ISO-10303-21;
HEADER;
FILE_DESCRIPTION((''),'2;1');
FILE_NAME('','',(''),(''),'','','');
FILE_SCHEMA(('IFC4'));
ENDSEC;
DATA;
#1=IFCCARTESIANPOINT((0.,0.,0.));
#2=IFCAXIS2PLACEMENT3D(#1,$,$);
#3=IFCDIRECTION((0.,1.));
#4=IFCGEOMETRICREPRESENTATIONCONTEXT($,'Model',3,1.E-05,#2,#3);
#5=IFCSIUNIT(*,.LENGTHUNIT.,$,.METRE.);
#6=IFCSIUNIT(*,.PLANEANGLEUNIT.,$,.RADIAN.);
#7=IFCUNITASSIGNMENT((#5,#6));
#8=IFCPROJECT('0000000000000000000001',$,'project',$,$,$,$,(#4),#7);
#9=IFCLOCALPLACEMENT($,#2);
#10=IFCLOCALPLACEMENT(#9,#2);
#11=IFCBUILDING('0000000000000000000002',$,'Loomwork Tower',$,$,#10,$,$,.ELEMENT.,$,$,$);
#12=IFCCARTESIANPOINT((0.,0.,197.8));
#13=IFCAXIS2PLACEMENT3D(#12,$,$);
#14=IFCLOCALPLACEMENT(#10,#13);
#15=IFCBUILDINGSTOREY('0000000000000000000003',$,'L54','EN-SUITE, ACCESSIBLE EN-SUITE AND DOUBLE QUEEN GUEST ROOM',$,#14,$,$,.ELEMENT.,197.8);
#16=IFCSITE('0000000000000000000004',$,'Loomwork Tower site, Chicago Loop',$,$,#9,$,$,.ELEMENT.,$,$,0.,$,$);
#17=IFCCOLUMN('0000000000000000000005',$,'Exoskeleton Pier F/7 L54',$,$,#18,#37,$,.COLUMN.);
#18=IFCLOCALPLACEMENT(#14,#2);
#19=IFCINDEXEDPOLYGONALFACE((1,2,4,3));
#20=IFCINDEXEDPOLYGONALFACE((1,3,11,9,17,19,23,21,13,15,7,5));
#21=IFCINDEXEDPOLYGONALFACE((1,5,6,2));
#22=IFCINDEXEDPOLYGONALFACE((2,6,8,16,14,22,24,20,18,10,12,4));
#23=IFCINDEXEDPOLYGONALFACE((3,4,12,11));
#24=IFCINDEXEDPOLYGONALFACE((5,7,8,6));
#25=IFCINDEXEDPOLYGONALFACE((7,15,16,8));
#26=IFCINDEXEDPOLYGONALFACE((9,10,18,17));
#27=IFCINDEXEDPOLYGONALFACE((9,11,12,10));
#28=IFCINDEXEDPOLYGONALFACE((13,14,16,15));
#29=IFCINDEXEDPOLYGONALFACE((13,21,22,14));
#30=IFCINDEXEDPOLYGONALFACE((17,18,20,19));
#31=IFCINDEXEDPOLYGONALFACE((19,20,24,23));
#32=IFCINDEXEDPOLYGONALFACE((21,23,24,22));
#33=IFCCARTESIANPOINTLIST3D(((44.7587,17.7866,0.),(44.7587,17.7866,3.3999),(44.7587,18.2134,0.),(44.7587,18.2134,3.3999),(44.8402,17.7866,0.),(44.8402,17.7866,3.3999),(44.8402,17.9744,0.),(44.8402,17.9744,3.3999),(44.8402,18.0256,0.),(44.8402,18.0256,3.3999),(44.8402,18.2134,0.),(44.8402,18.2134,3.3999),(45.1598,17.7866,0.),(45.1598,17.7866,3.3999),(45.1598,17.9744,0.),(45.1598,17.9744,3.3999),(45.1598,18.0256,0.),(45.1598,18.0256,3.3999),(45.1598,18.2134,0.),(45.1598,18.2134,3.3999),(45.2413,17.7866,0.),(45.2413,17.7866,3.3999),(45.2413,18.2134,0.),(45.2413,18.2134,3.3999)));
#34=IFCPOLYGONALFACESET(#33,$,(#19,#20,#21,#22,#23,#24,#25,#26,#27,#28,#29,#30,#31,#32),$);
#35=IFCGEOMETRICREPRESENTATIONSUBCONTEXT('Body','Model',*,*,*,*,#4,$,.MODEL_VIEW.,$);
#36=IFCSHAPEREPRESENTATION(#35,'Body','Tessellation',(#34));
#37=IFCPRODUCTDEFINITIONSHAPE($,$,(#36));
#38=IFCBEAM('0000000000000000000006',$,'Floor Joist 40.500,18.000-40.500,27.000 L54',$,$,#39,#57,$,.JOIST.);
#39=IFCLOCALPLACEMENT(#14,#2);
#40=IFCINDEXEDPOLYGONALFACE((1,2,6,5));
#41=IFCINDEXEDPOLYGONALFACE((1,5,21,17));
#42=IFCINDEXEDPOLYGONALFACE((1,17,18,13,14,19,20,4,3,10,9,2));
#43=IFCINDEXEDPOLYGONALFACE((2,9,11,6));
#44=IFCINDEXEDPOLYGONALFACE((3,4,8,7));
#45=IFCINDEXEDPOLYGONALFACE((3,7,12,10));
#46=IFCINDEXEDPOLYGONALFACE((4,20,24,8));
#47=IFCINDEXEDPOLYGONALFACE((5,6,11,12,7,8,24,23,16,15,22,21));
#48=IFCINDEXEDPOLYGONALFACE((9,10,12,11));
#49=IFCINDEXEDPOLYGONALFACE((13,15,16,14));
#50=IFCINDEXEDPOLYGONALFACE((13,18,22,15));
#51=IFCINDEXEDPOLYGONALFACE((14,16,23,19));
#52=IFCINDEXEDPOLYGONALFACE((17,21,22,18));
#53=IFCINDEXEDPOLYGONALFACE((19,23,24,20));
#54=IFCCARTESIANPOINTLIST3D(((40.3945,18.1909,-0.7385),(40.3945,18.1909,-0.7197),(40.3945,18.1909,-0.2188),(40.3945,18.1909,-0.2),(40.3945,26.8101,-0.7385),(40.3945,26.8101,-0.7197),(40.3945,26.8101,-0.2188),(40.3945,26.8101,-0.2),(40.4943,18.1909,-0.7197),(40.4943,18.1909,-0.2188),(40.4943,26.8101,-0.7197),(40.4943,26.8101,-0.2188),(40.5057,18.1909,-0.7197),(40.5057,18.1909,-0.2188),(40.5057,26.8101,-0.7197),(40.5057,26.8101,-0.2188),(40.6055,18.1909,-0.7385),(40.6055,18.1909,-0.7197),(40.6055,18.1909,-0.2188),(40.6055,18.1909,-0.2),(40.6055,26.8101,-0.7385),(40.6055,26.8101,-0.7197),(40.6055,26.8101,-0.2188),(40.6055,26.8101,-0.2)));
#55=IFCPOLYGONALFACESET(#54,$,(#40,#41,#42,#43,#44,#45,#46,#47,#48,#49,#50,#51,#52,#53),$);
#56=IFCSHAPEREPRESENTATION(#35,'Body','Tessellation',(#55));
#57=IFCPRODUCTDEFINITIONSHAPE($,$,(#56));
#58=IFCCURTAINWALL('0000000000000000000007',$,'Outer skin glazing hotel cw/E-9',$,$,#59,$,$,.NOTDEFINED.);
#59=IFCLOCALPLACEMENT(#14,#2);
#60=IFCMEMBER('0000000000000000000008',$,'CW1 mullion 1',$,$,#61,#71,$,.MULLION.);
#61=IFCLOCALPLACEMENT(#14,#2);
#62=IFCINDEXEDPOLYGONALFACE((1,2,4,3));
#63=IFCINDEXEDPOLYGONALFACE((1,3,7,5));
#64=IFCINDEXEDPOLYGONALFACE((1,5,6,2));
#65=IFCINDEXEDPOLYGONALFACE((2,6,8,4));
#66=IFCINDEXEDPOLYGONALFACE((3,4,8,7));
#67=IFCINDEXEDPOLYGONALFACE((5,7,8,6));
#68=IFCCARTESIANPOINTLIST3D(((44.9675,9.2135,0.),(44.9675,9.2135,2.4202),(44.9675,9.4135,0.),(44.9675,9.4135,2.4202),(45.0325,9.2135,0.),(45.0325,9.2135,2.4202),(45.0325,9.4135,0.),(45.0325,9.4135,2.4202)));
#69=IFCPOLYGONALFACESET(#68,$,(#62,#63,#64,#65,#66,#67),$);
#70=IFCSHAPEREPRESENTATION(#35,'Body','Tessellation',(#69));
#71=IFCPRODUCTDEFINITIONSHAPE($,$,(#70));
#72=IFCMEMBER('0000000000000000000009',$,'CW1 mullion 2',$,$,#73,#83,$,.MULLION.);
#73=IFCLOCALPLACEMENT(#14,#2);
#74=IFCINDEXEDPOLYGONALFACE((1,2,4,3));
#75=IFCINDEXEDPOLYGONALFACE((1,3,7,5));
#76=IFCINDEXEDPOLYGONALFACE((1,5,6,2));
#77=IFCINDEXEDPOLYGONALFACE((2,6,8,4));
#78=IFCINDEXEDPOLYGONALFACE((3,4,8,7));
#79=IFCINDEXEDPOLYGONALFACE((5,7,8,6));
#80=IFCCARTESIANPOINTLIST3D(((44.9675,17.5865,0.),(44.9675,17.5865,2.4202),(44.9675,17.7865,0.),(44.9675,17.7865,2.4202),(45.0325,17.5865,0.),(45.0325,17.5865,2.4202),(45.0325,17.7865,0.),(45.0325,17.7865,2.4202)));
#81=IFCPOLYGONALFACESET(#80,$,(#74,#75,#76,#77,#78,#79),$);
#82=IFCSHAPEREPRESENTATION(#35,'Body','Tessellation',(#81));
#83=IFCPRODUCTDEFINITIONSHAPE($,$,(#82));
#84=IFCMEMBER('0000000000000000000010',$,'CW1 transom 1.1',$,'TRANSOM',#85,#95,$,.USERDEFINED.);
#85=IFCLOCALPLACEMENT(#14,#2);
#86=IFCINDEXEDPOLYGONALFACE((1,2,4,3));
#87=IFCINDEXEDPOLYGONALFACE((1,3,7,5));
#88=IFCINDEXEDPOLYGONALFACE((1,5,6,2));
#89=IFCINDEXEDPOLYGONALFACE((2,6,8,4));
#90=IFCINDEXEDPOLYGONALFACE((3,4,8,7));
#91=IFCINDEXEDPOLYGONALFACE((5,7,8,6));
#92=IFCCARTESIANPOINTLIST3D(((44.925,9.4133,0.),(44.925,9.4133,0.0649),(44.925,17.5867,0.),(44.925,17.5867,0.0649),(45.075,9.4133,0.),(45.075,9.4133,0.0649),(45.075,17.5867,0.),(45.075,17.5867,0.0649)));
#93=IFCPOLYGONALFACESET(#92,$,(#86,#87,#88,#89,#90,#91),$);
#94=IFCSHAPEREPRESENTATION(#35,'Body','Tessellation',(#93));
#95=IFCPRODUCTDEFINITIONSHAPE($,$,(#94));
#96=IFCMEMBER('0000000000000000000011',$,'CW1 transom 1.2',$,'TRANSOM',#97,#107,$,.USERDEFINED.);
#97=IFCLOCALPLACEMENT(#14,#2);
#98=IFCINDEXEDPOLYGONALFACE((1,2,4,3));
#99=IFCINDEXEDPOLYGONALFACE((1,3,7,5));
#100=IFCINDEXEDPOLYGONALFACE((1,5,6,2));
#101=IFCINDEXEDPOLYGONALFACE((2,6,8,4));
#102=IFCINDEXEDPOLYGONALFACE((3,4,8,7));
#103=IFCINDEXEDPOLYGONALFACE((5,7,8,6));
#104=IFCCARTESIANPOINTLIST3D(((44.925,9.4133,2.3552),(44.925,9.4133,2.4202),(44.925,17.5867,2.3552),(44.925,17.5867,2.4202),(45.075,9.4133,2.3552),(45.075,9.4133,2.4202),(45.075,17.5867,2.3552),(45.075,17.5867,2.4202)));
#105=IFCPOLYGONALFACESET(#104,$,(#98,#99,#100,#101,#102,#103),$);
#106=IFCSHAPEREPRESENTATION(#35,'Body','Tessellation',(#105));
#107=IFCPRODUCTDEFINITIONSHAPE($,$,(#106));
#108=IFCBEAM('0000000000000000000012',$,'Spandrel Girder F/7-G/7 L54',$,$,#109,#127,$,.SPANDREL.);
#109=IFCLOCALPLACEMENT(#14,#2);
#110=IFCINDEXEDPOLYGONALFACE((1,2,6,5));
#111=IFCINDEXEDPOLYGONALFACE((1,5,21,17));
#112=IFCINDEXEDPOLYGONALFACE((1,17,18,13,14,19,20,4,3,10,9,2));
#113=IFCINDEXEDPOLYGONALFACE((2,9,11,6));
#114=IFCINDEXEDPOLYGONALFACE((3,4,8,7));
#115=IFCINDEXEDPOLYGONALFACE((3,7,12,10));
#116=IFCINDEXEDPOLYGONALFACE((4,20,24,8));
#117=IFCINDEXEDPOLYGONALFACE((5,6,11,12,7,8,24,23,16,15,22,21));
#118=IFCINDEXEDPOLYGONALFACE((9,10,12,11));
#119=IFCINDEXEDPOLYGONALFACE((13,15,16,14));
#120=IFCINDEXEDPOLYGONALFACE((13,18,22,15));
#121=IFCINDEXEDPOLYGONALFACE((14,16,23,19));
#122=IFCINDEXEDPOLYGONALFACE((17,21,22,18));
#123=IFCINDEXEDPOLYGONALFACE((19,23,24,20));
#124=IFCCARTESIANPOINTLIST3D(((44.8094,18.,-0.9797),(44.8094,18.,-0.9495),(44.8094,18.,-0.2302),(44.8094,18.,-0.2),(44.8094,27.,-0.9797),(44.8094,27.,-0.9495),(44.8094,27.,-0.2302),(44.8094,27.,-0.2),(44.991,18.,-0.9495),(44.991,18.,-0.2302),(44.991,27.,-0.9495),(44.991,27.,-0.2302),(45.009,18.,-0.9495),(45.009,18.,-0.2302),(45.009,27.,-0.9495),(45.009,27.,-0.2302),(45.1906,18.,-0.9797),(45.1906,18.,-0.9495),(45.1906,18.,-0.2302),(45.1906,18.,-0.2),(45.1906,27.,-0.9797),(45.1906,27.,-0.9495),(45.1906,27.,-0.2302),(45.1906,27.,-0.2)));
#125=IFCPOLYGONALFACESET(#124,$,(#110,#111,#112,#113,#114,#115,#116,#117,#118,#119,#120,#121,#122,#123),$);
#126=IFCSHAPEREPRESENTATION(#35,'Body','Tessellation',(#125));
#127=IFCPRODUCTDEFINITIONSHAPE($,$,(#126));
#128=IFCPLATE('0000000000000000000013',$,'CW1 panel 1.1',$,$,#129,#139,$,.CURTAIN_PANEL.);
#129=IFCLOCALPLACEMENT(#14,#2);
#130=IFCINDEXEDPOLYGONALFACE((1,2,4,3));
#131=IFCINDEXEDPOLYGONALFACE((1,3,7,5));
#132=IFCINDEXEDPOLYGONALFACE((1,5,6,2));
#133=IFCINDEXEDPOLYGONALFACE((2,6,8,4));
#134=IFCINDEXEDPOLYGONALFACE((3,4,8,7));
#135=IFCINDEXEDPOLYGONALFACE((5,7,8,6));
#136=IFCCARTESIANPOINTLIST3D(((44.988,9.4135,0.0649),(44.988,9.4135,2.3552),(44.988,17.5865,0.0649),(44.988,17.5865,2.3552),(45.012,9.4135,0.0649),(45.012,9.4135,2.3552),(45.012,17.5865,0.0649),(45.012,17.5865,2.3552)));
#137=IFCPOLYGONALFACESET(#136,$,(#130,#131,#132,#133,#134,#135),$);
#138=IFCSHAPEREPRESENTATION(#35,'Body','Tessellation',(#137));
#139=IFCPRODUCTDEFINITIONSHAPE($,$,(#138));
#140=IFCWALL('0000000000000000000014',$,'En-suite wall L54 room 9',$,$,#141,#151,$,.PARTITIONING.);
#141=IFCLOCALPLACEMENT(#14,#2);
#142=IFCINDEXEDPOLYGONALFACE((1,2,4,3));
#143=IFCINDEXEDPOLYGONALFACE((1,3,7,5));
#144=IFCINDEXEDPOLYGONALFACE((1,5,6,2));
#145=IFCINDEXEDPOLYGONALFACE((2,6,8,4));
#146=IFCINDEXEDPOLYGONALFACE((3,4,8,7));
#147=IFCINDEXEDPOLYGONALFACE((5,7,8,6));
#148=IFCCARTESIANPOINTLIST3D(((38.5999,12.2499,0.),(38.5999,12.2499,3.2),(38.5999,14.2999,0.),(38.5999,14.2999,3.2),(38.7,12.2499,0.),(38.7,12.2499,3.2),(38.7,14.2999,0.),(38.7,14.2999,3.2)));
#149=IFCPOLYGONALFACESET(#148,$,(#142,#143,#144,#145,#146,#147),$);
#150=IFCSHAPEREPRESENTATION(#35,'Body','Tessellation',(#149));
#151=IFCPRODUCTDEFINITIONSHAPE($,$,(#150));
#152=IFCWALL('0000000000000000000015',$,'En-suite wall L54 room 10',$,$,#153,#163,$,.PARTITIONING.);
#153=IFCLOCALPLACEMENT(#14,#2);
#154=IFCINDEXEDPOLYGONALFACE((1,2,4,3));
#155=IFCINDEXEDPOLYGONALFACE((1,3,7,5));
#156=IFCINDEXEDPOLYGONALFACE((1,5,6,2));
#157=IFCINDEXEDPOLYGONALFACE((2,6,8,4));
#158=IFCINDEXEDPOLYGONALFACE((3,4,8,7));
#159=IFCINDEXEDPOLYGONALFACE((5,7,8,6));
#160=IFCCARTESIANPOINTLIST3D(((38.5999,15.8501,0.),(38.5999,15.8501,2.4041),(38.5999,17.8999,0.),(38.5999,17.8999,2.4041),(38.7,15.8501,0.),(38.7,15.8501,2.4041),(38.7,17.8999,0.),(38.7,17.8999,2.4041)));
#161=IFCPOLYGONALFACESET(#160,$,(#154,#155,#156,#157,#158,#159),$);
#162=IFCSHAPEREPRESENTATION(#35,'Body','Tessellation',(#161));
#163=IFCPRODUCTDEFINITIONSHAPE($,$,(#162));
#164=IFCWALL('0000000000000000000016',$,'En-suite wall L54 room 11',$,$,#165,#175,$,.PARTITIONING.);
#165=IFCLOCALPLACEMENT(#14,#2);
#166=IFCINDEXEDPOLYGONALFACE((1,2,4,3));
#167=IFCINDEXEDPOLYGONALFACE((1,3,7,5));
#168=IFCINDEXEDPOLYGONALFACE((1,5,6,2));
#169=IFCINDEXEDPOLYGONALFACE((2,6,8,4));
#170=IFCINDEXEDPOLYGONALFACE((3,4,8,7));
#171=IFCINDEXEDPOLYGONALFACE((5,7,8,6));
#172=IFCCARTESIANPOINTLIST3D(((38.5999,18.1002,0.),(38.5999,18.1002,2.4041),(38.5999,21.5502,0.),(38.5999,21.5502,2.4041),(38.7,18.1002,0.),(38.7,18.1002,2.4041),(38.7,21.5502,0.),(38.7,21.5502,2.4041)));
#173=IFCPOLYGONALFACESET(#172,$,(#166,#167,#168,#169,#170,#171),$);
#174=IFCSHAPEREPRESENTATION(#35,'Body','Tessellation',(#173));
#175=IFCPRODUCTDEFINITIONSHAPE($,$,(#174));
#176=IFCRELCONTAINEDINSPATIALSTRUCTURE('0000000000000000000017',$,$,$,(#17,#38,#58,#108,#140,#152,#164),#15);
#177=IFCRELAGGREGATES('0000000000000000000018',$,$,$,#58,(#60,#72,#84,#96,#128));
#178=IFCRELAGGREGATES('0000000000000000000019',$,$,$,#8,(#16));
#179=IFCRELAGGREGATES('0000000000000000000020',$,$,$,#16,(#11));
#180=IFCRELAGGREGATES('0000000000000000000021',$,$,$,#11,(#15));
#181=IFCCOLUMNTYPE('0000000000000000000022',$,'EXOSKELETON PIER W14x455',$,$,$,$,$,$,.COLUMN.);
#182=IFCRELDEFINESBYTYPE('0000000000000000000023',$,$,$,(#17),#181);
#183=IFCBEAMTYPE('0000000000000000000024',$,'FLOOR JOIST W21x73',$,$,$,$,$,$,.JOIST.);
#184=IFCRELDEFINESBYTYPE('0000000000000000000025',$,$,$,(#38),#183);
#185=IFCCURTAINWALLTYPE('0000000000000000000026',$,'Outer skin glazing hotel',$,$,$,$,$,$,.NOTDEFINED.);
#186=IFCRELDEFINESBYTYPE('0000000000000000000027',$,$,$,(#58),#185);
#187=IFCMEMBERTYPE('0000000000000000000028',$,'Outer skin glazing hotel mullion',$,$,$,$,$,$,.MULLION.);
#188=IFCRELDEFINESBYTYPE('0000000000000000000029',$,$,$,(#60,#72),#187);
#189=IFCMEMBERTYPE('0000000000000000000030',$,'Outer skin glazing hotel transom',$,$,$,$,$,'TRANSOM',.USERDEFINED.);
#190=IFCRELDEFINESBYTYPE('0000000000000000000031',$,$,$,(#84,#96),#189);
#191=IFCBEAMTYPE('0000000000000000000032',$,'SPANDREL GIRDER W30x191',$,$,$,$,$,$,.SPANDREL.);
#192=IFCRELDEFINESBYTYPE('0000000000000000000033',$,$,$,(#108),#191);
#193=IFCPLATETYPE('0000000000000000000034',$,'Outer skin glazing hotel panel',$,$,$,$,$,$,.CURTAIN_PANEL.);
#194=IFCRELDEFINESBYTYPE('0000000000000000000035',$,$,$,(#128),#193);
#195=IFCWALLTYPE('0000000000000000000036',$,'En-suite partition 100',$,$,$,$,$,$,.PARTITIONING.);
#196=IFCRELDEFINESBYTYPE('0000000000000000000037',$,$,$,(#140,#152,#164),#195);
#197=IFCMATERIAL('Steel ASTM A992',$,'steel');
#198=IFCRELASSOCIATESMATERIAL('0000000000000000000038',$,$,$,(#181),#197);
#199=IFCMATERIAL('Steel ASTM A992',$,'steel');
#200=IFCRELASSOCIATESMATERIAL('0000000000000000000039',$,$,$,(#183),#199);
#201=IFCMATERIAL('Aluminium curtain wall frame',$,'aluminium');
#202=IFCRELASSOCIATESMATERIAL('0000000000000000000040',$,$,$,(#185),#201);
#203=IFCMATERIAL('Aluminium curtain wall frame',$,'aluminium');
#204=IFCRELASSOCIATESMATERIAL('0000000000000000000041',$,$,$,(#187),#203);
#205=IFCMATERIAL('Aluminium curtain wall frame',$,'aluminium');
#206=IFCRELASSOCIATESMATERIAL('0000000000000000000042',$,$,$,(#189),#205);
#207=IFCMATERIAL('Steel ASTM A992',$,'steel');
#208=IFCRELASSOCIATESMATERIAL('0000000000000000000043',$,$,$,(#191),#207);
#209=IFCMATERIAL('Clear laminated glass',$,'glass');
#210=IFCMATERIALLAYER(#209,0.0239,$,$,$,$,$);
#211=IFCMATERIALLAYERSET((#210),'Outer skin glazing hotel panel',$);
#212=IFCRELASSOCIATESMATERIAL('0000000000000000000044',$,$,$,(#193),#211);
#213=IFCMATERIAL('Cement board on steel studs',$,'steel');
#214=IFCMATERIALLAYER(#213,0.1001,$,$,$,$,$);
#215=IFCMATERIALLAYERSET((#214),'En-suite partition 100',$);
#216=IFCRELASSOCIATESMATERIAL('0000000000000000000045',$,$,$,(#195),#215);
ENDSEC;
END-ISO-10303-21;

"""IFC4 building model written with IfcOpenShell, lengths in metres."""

from ifc_helpers import new_model, si_unit, direction, frame, frame_2d, origin, origin_2d, place, context, subcontext, project, spatial, rectangle, i_section, extrude, material, layer, layer_set, material_profile, profile_set, type_object, element, aggregate, save


model = new_model("IFC4")

# Units and contexts
model_context = context("Model", 3, precision=1e-05, world=origin(), true_north=direction((0.0, 1.0)))
body_context = subcontext(model_context, "Body", "Model", "MODEL_VIEW")
ifc_project = project(units=[si_unit("LENGTHUNIT", "METRE"), si_unit("PLANEANGLEUNIT", "RADIAN")], contexts=[model_context])

# Site, building, storey
site_placement = place(None, origin())
site = spatial("IfcSite", under=ifc_project, at=site_placement, Name="Loomwork Tower site, Chicago Loop", CompositionType="ELEMENT", RefElevation=0.0)
building_placement = place(site_placement, origin())
building = spatial("IfcBuilding", under=site, at=building_placement, Name="Loomwork Tower", CompositionType="ELEMENT")
storey_placement = place(building_placement, frame((0.0, 0.0, 197.8)))
storey = spatial("IfcBuildingStorey", under=building, at=storey_placement, Name="L54", Description="EN-SUITE, ACCESSIBLE EN-SUITE AND DOUBLE QUEEN GUEST ROOM", CompositionType="ELEMENT", Elevation=197.8)

# Column
ifc_material_1 = material(Name="Steel ASTM A992", Category="steel")
ifc_material_profile_1 = material_profile(ifc_material_1, i_section(OverallWidth=0.4268, OverallDepth=0.4827, WebThickness=0.0513, FlangeThickness=0.0815, at=origin_2d()), Name="W14x455")
ifc_profile_set_1 = profile_set([ifc_material_profile_1], Name="Steel ASTM A992")
column_type = type_object("IfcColumnType", Name="EXOSKELETON PIER W14x455", PredefinedType="COLUMN", material=ifc_profile_set_1)
column_placement = place(storey_placement, frame((45.0, 18.0, 0.0), z_axis=(0.0, 0.0, 1.0), x_axis=(0.0, 1.0, 0.0)))
element("IfcColumn", 1, at=column_placement, inside=storey, type_object=column_type, Name="Exoskeleton Pier F/7 L54", PredefinedType="COLUMN", context=body_context, shape_type="SweptSolid", body=[
    extrude(i_section(OverallWidth=0.4268, OverallDepth=0.4827, WebThickness=0.0513, FlangeThickness=0.0815, at=origin_2d()), origin(), (0.0, 0.0, 1.0), 3.3999),
])

# Beam
ifc_material_2 = material(Name="Steel ASTM A992", Category="steel")
ifc_material_profile_2 = material_profile(ifc_material_2, i_section(OverallWidth=0.2109, OverallDepth=0.5386, WebThickness=0.0115, FlangeThickness=0.0188, at=origin_2d()), Name="W21x73")
ifc_profile_set_2 = profile_set([ifc_material_profile_2], Name="Steel ASTM A992")
beam_type_1 = type_object("IfcBeamType", Name="FLOOR JOIST W21x73", PredefinedType="JOIST", material=ifc_profile_set_2)
beam_1_placement = place(storey_placement, frame((40.5, 18.1909, -0.4692), z_axis=(0.0, 1.0, 0.0), x_axis=(-1.0, 0.0, 0.0)))
element("IfcBeam", 2, at=beam_1_placement, inside=storey, type_object=beam_type_1, Name="Floor Joist 40.500,18.000-40.500,27.000 L54", PredefinedType="JOIST", context=body_context, shape_type="SweptSolid", body=[
    extrude(i_section(OverallWidth=0.2109, OverallDepth=0.5386, WebThickness=0.0115, FlangeThickness=0.0188, at=origin_2d()), origin(), (0.0, 0.0, 1.0), 8.6191),
])

# Curtain wall, members
ifc_material_3 = material(Name="Aluminium curtain wall frame", Category="aluminium")
curtain_wall_type = type_object("IfcCurtainWallType", Name="Outer skin glazing hotel", PredefinedType="NOTDEFINED", material=ifc_material_3)
curtain_wall_placement = place(storey_placement, origin())
curtain_wall = element("IfcCurtainWall", 3, at=curtain_wall_placement, inside=storey, type_object=curtain_wall_type, Name="Outer skin glazing hotel cw/E-9", PredefinedType="NOTDEFINED")
ifc_material_4 = material(Name="Aluminium curtain wall frame", Category="aluminium")
ifc_material_profile_3 = material_profile(ifc_material_4, rectangle(XDim=0.0649, YDim=0.2, at=origin_2d()), Name="AL 65x200")
ifc_profile_set_3 = profile_set([ifc_material_profile_3], Name="Aluminium curtain wall frame")
member_type_1 = type_object("IfcMemberType", Name="Outer skin glazing hotel mullion", PredefinedType="MULLION", material=ifc_profile_set_3)
member_1_placement = place(storey_placement, frame((45.0, 9.3135, 0.0), z_axis=(0.0, 0.0, 1.0), x_axis=(-1.0, 0.0, 0.0)))
member_1 = element("IfcMember", 4, at=member_1_placement, type_object=member_type_1, Name="CW1 mullion 1", PredefinedType="MULLION", context=body_context, shape_type="SweptSolid", body=[
    extrude(rectangle(XDim=0.0649, YDim=0.2, at=origin_2d()), origin(), (0.0, 0.0, 1.0), 2.4202),
])
member_2_placement = place(storey_placement, frame((45.0, 17.6865, 0.0), z_axis=(0.0, 0.0, 1.0), x_axis=(-1.0, 0.0, 0.0)))
member_2 = element("IfcMember", 5, at=member_2_placement, type_object=member_type_1, Name="CW1 mullion 2", PredefinedType="MULLION", context=body_context, shape_type="SweptSolid", body=[
    extrude(rectangle(XDim=0.0649, YDim=0.2, at=origin_2d()), origin(), (0.0, 0.0, 1.0), 2.4202),
])
ifc_material_5 = material(Name="Aluminium curtain wall frame", Category="aluminium")
ifc_material_profile_4 = material_profile(ifc_material_5, rectangle(XDim=0.1499, YDim=0.0649, at=origin_2d()), Name="AL 65x150")
ifc_profile_set_4 = profile_set([ifc_material_profile_4], Name="Aluminium curtain wall frame")
member_type_2 = type_object("IfcMemberType", Name="Outer skin glazing hotel transom", ElementType="TRANSOM", PredefinedType="USERDEFINED", material=ifc_profile_set_4)
member_3_placement = place(storey_placement, frame((45.0, 9.4133, 0.0325), z_axis=(0.0, 1.0, 0.0), x_axis=(-1.0, 0.0, 0.0)))
member_3 = element("IfcMember", 6, at=member_3_placement, type_object=member_type_2, Name="CW1 transom 1.1", ObjectType="TRANSOM", PredefinedType="USERDEFINED", context=body_context, shape_type="SweptSolid", body=[
    extrude(rectangle(XDim=0.1499, YDim=0.0649, at=origin_2d()), origin(), (0.0, 0.0, 1.0), 8.1733),
])
member_4_placement = place(storey_placement, frame((45.0, 9.4133, 2.3877), z_axis=(0.0, 1.0, 0.0), x_axis=(-1.0, 0.0, 0.0)))
member_4 = element("IfcMember", 7, at=member_4_placement, type_object=member_type_2, Name="CW1 transom 1.2", ObjectType="TRANSOM", PredefinedType="USERDEFINED", context=body_context, shape_type="SweptSolid", body=[
    extrude(rectangle(XDim=0.1499, YDim=0.0649, at=origin_2d()), origin(), (0.0, 0.0, 1.0), 8.1733),
])

# Beam
ifc_material_6 = material(Name="Steel ASTM A992", Category="steel")
ifc_material_profile_5 = material_profile(ifc_material_6, i_section(OverallWidth=0.3811, OverallDepth=0.7798, WebThickness=0.0181, FlangeThickness=0.0303, at=origin_2d()), Name="W30x191")
ifc_profile_set_5 = profile_set([ifc_material_profile_5], Name="Steel ASTM A992")
beam_type_2 = type_object("IfcBeamType", Name="SPANDREL GIRDER W30x191", PredefinedType="SPANDREL", material=ifc_profile_set_5)
beam_2_placement = place(storey_placement, frame((45.0, 18.0, -0.5898), z_axis=(0.0, 1.0, 0.0), x_axis=(-1.0, 0.0, 0.0)))
element("IfcBeam", 8, at=beam_2_placement, inside=storey, type_object=beam_type_2, Name="Spandrel Girder F/7-G/7 L54", PredefinedType="SPANDREL", context=body_context, shape_type="SweptSolid", body=[
    extrude(i_section(OverallWidth=0.3811, OverallDepth=0.7798, WebThickness=0.0181, FlangeThickness=0.0303, at=origin_2d()), origin(), (0.0, 0.0, 1.0), 9.0),
])

# Plate
ifc_material_7 = material(Name="Clear laminated glass", Category="glass")
ifc_layer_1 = layer(ifc_material_7, 0.0239)
ifc_layer_set_1 = layer_set([ifc_layer_1], Name="Outer skin glazing hotel panel")
plate_type = type_object("IfcPlateType", Name="Outer skin glazing hotel panel", PredefinedType="CURTAIN_PANEL", material=ifc_layer_set_1)
plate_placement = place(storey_placement, frame((45.0, 13.5, 0.0649), z_axis=(0.0, 0.0, 1.0), x_axis=(0.0, 1.0, 0.0)))
plate = element("IfcPlate", 9, at=plate_placement, type_object=plate_type, Name="CW1 panel 1.1", PredefinedType="CURTAIN_PANEL", context=body_context, shape_type="SweptSolid", body=[
    extrude(rectangle(XDim=8.1731, YDim=0.0239, at=origin_2d()), origin(), (0.0, 0.0, 1.0), 2.2903),
])
aggregate(curtain_wall, [member_1, member_2, member_3, member_4, plate])

# Walls
ifc_material_8 = material(Name="Cement board on steel studs", Category="steel")
ifc_layer_2 = layer(ifc_material_8, 0.1001)
ifc_layer_set_2 = layer_set([ifc_layer_2], Name="En-suite partition 100")
wall_type_1 = type_object("IfcWallType", Name="En-suite partition 100", PredefinedType="PARTITIONING", material=ifc_layer_set_2)
wall_1_placement = place(storey_placement, frame((38.6499, 12.25, 0.0), z_axis=(0.0, 0.0, 1.0), x_axis=(0.0, 1.0, 0.0)))
element("IfcWall", 10, at=wall_1_placement, inside=storey, type_object=wall_type_1, Name="En-suite wall L54 room 9", PredefinedType="PARTITIONING", context=body_context, shape_type="SweptSolid", body=[
    extrude(rectangle(XDim=2.05, YDim=0.1001, at=frame_2d((1.0249, 0.0))), origin(), (0.0, 0.0, 1.0), 3.2),
])
wall_2_placement = place(storey_placement, frame((38.6499, 15.8501, 0.0), z_axis=(0.0, 0.0, 1.0), x_axis=(0.0, 1.0, 0.0)))
element("IfcWall", 11, at=wall_2_placement, inside=storey, type_object=wall_type_1, Name="En-suite wall L54 room 10", PredefinedType="PARTITIONING", context=body_context, shape_type="SweptSolid", body=[
    extrude(rectangle(XDim=2.0498, YDim=0.1001, at=frame_2d((1.0249, 0.0))), origin(), (0.0, 0.0, 1.0), 2.4041),
])
wall_3_placement = place(storey_placement, frame((38.6499, 18.1001, 0.0), z_axis=(0.0, 0.0, 1.0), x_axis=(0.0, 1.0, 0.0)))
element("IfcWall", 12, at=wall_3_placement, inside=storey, type_object=wall_type_1, Name="En-suite wall L54 room 11", PredefinedType="PARTITIONING", context=body_context, shape_type="SweptSolid", body=[
    extrude(rectangle(XDim=3.45, YDim=0.1001, at=frame_2d((1.7251, 0.0))), origin(), (0.0, 0.0, 1.0), 2.4041),
])

save(model, "model.ifc")
